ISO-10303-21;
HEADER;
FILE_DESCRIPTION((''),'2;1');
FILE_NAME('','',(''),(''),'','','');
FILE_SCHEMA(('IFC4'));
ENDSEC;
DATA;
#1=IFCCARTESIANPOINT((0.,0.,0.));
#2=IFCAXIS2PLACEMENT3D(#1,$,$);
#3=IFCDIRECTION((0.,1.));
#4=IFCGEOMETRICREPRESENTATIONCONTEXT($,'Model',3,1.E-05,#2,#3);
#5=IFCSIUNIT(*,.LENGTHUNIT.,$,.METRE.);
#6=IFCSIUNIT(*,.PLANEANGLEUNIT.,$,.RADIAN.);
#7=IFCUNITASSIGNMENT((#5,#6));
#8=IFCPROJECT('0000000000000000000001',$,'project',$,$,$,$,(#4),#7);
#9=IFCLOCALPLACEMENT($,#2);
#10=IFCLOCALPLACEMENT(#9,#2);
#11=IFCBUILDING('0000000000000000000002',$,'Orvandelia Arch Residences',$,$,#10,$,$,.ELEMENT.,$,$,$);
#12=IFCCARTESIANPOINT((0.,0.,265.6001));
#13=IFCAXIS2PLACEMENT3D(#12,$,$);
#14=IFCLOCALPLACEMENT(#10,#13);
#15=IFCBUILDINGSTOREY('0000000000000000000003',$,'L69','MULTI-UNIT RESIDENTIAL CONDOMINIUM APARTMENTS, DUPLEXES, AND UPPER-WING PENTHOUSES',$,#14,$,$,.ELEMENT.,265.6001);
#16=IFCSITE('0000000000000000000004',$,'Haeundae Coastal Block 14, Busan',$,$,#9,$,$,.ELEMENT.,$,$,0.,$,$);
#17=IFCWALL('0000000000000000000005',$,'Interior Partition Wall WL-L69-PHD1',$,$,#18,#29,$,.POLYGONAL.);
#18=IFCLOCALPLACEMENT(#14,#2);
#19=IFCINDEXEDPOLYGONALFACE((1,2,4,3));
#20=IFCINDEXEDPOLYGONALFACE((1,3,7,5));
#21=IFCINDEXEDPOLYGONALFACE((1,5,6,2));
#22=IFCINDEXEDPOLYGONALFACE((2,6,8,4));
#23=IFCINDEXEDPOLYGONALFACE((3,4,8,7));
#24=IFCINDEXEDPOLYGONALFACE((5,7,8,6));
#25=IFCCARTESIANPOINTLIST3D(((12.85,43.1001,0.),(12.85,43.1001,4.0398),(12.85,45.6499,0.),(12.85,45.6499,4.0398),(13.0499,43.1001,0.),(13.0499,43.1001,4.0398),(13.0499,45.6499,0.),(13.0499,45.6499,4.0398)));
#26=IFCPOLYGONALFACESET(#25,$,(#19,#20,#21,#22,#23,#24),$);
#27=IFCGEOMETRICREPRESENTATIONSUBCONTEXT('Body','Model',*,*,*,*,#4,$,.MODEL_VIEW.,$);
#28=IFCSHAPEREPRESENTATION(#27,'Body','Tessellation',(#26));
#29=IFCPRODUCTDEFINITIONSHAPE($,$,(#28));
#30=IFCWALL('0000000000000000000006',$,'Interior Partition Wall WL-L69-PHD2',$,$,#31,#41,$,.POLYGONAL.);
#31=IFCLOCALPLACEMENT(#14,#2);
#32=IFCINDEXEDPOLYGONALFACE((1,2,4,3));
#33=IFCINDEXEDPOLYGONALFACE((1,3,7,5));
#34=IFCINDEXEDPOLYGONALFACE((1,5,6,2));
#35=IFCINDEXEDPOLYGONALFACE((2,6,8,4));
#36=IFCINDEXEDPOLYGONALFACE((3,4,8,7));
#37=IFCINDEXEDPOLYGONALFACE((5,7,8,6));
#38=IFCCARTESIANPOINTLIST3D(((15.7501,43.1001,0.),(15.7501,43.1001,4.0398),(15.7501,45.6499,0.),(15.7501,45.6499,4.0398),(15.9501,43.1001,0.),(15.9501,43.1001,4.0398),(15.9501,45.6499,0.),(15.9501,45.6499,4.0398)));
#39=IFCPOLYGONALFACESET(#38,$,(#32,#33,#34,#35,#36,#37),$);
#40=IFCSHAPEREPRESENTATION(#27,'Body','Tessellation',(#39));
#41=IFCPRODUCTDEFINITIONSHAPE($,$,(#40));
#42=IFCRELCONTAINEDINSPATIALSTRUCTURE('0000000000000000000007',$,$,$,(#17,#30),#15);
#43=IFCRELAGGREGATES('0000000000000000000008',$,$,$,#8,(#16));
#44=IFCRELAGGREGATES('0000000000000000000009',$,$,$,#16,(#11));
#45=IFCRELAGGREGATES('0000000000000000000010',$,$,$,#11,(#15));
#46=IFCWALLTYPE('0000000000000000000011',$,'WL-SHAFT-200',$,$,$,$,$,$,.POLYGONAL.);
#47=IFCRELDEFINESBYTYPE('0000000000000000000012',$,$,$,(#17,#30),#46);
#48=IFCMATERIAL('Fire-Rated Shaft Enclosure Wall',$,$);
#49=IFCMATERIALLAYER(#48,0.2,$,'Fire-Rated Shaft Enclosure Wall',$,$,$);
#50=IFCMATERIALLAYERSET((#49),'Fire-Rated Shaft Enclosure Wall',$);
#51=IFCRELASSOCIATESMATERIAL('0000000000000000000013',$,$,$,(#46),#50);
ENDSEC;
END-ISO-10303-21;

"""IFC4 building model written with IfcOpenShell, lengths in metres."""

from ifc_helpers import new_model, si_unit, direction, frame, frame_2d, origin, place, context, subcontext, project, spatial, rectangle, extrude, material, layer, layer_set, type_object, element, save


model = new_model("IFC4")

# Units and contexts
model_context = context("Model", 3, precision=1e-05, world=origin(), true_north=direction((0.0, 1.0)))
body_context = subcontext(model_context, "Body", "Model", "MODEL_VIEW")
ifc_project = project(units=[si_unit("LENGTHUNIT", "METRE"), si_unit("PLANEANGLEUNIT", "RADIAN")], contexts=[model_context])

# Site, building, storey
site_placement = place(None, origin())
site = spatial("IfcSite", under=ifc_project, at=site_placement, Name="Haeundae Coastal Block 14, Busan", CompositionType="ELEMENT", RefElevation=0.0)
building_placement = place(site_placement, origin())
building = spatial("IfcBuilding", under=site, at=building_placement, Name="Orvandelia Arch Residences", CompositionType="ELEMENT")
storey_placement = place(building_placement, frame((0.0, 0.0, 265.6001)))
storey = spatial("IfcBuildingStorey", under=building, at=storey_placement, Name="L69", Description="MULTI-UNIT RESIDENTIAL CONDOMINIUM APARTMENTS, DUPLEXES, AND UPPER-WING PENTHOUSES", CompositionType="ELEMENT", Elevation=265.6001)

# Shared definitions
ifc_material_1 = material(Name="Fire-Rated Shaft Enclosure Wall")
ifc_layer_1 = layer(ifc_material_1, 0.2, Name="Fire-Rated Shaft Enclosure Wall")
ifc_layer_set_1 = layer_set([ifc_layer_1], Name="Fire-Rated Shaft Enclosure Wall")
wall_type_1 = type_object("IfcWallType", Name="WL-SHAFT-200", PredefinedType="POLYGONAL", material=ifc_layer_set_1)

# Walls
for number, where, z_axis, x_axis, name in (
    (1, (12.95, 43.1001, 0.0), (0.0, 0.0, 1.0), (0.0, 1.0, 0.0), "Interior Partition Wall WL-L69-PHD1"),
    (2, (15.8501, 43.1001, 0.0), (0.0, 0.0, 1.0), (0.0, 1.0, 0.0), "Interior Partition Wall WL-L69-PHD2"),
):
    element("IfcWall", number, at=place(storey_placement, frame(where, z_axis=z_axis, x_axis=x_axis)), inside=storey, type_object=wall_type_1, Name=name, PredefinedType="POLYGONAL", context=body_context, shape_type="SweptSolid", body=[
        extrude(rectangle(XDim=2.5498, YDim=0.2, at=frame_2d((1.2749, 0.0))), origin(), (0.0, 0.0, 1.0), 4.0398),
    ])

save(model, "model.ifc")
